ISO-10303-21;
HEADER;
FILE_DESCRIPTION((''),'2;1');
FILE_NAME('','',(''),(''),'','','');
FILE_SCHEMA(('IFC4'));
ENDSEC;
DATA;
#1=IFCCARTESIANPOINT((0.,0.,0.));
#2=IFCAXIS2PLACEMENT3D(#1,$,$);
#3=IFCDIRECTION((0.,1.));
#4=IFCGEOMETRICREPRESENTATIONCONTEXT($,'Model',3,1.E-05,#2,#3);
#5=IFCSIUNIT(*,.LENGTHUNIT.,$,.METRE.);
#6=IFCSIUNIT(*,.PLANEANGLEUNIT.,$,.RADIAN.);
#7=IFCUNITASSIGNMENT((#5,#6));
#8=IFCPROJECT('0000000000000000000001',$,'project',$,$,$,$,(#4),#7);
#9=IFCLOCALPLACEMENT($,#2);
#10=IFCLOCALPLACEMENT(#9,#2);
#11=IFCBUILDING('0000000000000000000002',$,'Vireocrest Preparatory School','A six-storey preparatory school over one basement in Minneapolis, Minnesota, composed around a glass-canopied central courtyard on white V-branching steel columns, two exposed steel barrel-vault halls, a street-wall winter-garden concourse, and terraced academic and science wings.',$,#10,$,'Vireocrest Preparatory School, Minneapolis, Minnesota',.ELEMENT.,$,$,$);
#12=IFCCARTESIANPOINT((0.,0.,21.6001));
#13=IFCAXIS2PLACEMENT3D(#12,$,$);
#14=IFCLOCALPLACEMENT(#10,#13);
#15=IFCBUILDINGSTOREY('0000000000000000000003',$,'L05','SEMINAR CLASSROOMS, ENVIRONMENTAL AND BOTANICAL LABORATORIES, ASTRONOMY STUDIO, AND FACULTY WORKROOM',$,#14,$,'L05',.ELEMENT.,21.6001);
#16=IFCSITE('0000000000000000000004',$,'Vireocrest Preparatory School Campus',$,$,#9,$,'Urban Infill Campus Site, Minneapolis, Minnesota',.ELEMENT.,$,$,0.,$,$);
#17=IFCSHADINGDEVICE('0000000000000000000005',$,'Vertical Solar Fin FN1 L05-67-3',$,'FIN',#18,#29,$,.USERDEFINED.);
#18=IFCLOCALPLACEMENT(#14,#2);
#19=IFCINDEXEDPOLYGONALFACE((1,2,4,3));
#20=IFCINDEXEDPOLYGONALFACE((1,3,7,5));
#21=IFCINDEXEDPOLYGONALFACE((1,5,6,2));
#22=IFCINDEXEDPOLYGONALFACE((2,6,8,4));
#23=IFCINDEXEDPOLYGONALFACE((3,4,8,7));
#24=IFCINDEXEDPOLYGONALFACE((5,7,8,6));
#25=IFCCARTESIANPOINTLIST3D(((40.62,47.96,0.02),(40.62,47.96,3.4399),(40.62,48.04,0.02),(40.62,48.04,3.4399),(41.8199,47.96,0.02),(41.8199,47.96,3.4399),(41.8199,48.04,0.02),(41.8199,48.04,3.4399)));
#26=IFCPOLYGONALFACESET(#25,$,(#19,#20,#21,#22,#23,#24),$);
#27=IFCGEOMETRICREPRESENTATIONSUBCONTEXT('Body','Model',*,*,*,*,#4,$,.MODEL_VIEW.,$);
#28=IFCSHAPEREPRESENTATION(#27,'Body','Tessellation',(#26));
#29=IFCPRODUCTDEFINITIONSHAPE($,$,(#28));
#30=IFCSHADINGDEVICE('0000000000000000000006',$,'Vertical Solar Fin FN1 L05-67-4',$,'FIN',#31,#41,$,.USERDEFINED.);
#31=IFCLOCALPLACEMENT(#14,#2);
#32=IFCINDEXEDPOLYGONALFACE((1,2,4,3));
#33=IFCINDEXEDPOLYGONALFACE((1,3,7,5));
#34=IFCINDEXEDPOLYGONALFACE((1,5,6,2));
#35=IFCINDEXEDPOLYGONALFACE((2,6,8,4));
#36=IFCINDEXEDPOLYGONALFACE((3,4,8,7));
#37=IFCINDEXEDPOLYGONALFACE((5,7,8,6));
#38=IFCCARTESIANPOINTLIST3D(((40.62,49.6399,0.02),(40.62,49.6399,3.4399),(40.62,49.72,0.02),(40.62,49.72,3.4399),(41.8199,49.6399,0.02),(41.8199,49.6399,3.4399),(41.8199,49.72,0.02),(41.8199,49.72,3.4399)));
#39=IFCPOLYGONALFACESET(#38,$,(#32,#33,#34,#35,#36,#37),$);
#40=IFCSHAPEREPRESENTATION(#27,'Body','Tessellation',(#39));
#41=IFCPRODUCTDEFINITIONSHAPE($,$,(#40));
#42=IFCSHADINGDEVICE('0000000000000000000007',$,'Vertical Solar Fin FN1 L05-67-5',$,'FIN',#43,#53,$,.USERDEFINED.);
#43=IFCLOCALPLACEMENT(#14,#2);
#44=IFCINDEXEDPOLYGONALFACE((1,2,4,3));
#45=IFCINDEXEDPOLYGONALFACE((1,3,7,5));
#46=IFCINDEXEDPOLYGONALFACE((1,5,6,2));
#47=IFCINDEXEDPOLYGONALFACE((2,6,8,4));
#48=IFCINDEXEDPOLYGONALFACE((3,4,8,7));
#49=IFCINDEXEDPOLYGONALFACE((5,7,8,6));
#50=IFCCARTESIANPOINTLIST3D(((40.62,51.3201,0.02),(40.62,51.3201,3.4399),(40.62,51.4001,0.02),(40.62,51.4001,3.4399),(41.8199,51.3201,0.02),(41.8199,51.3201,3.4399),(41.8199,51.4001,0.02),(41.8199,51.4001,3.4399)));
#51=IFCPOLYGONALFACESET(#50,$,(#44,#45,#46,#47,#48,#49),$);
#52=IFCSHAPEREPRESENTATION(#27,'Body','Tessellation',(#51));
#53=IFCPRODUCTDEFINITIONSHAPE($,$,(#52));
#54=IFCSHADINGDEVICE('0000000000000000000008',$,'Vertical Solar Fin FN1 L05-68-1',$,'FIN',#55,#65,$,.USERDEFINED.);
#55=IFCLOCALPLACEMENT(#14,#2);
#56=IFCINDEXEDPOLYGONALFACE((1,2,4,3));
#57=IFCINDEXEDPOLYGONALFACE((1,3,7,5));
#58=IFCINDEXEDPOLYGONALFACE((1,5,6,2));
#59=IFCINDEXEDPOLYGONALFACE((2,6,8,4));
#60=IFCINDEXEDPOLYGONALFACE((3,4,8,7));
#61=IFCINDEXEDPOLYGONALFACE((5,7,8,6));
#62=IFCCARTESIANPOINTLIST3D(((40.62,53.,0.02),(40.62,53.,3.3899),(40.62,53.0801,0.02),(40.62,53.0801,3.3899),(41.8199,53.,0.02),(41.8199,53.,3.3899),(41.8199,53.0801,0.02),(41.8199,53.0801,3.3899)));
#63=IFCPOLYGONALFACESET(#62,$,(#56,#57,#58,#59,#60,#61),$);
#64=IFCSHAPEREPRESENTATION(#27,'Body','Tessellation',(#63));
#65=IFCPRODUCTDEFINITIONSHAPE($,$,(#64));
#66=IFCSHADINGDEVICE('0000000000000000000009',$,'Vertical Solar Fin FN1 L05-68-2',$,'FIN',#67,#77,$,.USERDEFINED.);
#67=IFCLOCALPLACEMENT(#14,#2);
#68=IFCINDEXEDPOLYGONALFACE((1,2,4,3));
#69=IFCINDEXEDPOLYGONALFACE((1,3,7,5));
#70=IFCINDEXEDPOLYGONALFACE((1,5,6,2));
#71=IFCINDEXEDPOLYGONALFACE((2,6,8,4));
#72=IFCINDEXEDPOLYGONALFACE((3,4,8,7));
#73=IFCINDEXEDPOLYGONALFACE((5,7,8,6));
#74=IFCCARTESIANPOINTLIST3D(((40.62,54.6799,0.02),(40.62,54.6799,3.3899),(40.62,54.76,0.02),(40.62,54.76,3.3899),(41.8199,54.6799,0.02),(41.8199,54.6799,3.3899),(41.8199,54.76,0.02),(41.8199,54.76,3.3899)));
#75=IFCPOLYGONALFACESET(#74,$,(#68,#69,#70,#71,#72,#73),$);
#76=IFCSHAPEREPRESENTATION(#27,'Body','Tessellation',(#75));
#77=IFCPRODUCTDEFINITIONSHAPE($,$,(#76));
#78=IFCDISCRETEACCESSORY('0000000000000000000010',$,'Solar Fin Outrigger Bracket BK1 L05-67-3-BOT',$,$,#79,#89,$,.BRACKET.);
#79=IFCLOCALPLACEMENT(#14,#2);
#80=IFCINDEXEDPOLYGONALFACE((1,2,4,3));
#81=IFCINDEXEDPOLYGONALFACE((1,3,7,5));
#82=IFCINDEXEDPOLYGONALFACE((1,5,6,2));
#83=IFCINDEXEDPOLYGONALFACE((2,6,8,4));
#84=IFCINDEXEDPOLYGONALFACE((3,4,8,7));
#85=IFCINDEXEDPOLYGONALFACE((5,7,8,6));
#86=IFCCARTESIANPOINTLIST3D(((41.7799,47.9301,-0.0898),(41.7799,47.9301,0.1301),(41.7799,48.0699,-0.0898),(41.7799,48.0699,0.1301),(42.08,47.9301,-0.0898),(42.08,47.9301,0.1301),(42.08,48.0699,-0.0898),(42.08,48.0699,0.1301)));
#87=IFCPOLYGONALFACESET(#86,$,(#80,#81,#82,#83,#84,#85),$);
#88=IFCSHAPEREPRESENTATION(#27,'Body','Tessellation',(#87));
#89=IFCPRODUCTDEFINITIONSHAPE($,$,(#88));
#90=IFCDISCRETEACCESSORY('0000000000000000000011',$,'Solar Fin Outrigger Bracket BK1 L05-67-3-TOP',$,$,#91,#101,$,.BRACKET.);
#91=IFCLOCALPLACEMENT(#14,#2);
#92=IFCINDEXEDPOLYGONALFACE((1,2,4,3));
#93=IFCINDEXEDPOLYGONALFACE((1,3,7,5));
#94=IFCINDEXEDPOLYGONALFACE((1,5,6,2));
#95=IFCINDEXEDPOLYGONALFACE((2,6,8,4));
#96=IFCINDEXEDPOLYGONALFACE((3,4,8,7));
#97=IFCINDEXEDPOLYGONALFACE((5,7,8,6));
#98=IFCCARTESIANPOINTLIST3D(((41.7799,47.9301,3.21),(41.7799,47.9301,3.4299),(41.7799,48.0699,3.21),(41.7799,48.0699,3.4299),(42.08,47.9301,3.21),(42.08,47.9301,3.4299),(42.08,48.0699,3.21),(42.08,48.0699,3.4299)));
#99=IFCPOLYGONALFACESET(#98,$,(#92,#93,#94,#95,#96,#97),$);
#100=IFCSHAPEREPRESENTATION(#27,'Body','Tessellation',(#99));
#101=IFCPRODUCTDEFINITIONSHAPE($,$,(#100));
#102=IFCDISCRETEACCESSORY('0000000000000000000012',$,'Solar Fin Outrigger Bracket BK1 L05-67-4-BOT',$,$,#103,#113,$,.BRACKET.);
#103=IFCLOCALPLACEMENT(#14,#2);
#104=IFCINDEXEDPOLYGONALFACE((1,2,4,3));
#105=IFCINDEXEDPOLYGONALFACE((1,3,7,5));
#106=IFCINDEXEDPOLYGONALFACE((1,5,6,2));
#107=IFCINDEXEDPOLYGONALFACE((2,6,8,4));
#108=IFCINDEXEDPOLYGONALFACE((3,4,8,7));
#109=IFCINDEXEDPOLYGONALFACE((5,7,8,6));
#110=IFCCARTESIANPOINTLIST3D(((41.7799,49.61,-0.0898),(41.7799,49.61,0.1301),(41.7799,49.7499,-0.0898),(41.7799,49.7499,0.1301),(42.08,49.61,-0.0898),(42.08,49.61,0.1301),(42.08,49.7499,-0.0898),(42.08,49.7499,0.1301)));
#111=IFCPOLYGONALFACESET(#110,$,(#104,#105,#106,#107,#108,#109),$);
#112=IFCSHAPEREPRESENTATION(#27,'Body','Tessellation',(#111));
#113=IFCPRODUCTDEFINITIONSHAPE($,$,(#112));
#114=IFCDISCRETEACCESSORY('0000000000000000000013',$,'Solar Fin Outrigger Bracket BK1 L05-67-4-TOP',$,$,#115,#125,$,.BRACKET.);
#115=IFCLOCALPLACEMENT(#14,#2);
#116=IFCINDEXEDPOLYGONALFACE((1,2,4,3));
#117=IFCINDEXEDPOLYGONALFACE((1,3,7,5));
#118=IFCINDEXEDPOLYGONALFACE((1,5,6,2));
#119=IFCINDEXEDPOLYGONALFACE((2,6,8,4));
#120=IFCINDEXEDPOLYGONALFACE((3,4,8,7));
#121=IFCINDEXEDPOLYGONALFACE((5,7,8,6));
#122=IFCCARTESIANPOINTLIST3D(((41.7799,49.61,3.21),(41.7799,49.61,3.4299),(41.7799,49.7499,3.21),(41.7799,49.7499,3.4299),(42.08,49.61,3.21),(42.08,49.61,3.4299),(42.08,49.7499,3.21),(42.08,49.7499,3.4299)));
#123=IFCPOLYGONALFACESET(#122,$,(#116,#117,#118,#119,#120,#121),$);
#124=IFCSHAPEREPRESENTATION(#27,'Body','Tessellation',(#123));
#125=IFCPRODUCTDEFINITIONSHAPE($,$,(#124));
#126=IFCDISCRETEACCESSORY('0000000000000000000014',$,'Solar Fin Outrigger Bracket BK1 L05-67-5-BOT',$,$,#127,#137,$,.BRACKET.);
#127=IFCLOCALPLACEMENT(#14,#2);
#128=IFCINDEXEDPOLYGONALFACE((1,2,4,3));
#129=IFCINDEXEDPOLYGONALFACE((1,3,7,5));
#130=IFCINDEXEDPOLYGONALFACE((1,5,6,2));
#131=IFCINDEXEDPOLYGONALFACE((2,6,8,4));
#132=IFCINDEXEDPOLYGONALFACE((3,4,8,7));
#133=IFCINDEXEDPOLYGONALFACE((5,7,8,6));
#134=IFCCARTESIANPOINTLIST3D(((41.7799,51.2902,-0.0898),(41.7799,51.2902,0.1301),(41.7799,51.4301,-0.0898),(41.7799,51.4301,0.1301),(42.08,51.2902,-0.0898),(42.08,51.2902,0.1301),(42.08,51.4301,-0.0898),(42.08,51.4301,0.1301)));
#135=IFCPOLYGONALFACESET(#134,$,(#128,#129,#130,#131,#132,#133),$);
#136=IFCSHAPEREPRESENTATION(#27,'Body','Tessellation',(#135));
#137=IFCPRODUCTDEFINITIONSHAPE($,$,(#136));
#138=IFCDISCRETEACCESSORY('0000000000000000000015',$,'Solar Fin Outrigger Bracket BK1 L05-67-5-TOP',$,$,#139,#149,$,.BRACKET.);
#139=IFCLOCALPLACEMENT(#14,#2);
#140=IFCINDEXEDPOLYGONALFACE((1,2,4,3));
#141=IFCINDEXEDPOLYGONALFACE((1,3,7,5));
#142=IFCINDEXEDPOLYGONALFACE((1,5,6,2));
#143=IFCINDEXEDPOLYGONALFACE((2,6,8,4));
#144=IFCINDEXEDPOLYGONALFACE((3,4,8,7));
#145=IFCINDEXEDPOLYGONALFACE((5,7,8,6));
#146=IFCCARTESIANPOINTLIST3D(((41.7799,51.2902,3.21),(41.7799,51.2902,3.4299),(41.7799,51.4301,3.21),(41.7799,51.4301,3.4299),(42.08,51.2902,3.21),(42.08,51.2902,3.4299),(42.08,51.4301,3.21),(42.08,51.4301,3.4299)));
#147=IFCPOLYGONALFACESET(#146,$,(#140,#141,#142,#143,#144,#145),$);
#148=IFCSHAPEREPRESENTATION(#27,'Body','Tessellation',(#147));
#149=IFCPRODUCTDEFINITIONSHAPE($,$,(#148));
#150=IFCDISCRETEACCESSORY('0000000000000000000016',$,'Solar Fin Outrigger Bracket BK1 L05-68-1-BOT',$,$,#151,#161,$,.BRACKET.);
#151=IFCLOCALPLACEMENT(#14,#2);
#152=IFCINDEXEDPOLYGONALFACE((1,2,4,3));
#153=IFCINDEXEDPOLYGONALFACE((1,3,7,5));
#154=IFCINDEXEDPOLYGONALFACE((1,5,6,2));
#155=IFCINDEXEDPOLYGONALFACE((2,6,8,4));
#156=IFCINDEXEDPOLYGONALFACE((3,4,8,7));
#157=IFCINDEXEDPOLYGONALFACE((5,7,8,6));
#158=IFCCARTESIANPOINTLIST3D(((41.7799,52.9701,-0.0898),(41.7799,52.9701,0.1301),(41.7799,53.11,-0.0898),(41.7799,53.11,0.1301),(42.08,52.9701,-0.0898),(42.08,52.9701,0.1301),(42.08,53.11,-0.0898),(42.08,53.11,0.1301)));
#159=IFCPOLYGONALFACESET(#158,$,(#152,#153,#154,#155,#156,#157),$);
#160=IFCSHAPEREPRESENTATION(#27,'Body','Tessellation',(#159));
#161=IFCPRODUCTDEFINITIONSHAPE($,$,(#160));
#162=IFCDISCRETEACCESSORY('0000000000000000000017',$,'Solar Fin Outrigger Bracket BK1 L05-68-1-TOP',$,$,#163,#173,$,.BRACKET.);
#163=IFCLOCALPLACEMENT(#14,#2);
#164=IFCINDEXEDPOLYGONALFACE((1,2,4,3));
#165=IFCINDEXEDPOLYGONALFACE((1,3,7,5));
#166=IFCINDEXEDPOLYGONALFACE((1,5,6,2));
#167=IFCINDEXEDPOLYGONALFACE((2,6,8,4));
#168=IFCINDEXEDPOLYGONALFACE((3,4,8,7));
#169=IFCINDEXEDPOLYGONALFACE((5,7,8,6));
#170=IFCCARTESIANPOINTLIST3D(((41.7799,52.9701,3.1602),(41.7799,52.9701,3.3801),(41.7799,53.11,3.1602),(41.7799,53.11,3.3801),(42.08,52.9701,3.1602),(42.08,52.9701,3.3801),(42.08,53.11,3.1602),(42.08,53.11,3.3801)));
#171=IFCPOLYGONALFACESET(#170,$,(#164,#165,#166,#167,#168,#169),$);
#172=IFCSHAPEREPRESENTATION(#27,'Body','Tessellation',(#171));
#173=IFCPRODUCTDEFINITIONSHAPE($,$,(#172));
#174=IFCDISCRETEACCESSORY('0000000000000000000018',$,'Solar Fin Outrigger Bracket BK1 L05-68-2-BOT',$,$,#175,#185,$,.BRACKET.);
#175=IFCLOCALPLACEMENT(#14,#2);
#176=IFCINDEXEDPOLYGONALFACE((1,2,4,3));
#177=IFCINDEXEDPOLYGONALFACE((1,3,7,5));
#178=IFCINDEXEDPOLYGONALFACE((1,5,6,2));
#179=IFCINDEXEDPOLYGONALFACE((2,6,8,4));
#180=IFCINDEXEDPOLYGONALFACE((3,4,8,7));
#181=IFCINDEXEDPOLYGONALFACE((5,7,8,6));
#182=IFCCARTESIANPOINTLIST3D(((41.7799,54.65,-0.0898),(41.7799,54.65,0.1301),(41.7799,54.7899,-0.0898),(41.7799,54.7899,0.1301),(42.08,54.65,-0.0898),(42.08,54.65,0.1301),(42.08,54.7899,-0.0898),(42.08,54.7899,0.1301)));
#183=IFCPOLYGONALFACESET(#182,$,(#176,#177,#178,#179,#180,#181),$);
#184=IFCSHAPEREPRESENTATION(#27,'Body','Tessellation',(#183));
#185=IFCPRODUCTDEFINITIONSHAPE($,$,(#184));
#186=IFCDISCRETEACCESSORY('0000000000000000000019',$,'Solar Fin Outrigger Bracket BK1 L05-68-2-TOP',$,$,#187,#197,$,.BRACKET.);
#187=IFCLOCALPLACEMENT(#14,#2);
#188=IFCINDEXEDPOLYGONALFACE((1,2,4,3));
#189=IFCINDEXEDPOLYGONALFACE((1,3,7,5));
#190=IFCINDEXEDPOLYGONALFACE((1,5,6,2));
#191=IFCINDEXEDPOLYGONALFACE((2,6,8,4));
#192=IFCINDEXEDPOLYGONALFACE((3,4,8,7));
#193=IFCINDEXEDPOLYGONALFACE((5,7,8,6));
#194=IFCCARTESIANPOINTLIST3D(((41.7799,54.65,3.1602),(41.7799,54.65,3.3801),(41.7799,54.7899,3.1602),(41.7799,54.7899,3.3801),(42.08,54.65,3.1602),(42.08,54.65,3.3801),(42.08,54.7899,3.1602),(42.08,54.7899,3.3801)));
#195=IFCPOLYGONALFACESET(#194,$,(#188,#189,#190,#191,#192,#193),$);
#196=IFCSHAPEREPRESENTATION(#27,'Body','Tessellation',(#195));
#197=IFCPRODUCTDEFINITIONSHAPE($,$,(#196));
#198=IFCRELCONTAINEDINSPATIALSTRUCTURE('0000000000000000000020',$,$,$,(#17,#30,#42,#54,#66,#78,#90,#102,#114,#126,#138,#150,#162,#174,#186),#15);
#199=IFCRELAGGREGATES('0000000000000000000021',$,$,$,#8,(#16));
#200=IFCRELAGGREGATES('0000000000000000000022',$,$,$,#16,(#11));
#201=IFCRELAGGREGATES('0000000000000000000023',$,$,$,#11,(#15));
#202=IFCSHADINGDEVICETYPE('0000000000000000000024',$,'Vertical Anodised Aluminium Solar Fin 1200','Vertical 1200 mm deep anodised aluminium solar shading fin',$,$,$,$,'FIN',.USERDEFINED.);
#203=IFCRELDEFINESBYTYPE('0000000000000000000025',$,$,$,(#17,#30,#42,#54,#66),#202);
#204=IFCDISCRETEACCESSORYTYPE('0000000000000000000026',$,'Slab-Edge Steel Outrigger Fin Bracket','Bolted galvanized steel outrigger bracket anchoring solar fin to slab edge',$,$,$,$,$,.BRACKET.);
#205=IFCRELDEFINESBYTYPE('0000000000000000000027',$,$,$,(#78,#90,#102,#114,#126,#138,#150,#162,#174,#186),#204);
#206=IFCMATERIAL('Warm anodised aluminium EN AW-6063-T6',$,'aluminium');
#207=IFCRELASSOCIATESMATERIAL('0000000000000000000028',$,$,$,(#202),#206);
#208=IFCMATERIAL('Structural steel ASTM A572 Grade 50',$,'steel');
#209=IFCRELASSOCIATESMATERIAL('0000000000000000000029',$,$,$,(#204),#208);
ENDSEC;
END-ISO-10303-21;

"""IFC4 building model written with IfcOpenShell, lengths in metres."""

from ifc_helpers import new_model, si_unit, direction, frame, origin, origin_2d, place, context, subcontext, project, spatial, rectangle, extrude, material, material_profile, profile_set, type_object, element, save


model = new_model("IFC4")

# Units and contexts
model_context = context("Model", 3, precision=1e-05, world=origin(), true_north=direction((0.0, 1.0)))
body_context = subcontext(model_context, "Body", "Model", "MODEL_VIEW")
ifc_project = project(units=[si_unit("LENGTHUNIT", "METRE"), si_unit("PLANEANGLEUNIT", "RADIAN")], contexts=[model_context])

# Site, building, storey
site_placement = place(None, origin())
site = spatial("IfcSite", under=ifc_project, at=site_placement, Name="Vireocrest Preparatory School Campus", LongName="Urban Infill Campus Site, Minneapolis, Minnesota", CompositionType="ELEMENT", RefElevation=0.0)
building_placement = place(site_placement, origin())
building = spatial("IfcBuilding", under=site, at=building_placement, Name="Vireocrest Preparatory School", Description="A six-storey preparatory school over one basement in Minneapolis, Minnesota, composed around a glass-canopied central courtyard on white V-branching steel columns, two exposed steel barrel-vault halls, a street-wall winter-garden concourse, and terraced academic and science wings.", LongName="Vireocrest Preparatory School, Minneapolis, Minnesota", CompositionType="ELEMENT")
storey_placement = place(building_placement, frame((0.0, 0.0, 21.6001)))
storey = spatial("IfcBuildingStorey", under=building, at=storey_placement, Name="L05", Description="SEMINAR CLASSROOMS, ENVIRONMENTAL AND BOTANICAL LABORATORIES, ASTRONOMY STUDIO, AND FACULTY WORKROOM", LongName="L05", CompositionType="ELEMENT", Elevation=21.6001)

# Shading devices
ifc_material_1 = material(Name="Warm anodised aluminium EN AW-6063-T6", Category="aluminium")
ifc_material_profile_1 = material_profile(ifc_material_1, rectangle(XDim=0.0801, YDim=1.2, at=origin_2d()), Name="FIN 80x1200")
ifc_profile_set_1 = profile_set([ifc_material_profile_1], Name="Warm anodised aluminium EN AW-6063-T6")
shading_device_type = type_object("IfcShadingDeviceType", Name="Vertical Anodised Aluminium Solar Fin 1200", Description="Vertical 1200 mm deep anodised aluminium solar shading fin", ElementType="FIN", PredefinedType="USERDEFINED", material=ifc_profile_set_1)
for number, where, z_axis, x_axis, name in (
    (1, (41.22, 48.0, 0.02), (0.0, 0.0, 1.0), (0.0, 1.0, 0.0), "Vertical Solar Fin FN1 L05-67-3"),
    (2, (41.22, 49.6799, 0.02), (0.0, 0.0, 1.0), (0.0, 1.0, 0.0), "Vertical Solar Fin FN1 L05-67-4"),
    (3, (41.22, 51.3601, 0.02), (0.0, 0.0, 1.0), (0.0, 1.0, 0.0), "Vertical Solar Fin FN1 L05-67-5"),
):
    element("IfcShadingDevice", number, at=place(storey_placement, frame(where, z_axis=z_axis, x_axis=x_axis)), inside=storey, type_object=shading_device_type, Name=name, ObjectType="FIN", PredefinedType="USERDEFINED", context=body_context, shape_type="SweptSolid", body=[
        extrude(rectangle(XDim=0.0801, YDim=1.2, at=origin_2d()), origin(), (0.0, 0.0, 1.0), 3.4199),
    ])
for number, where, z_axis, x_axis, name in (
    (4, (41.22, 53.04, 0.02), (0.0, 0.0, 1.0), (0.0, 1.0, 0.0), "Vertical Solar Fin FN1 L05-68-1"),
    (5, (41.22, 54.72, 0.02), (0.0, 0.0, 1.0), (0.0, 1.0, 0.0), "Vertical Solar Fin FN1 L05-68-2"),
):
    element("IfcShadingDevice", number, at=place(storey_placement, frame(where, z_axis=z_axis, x_axis=x_axis)), inside=storey, type_object=shading_device_type, Name=name, ObjectType="FIN", PredefinedType="USERDEFINED", context=body_context, shape_type="SweptSolid", body=[
        extrude(rectangle(XDim=0.0801, YDim=1.2, at=origin_2d()), origin(), (0.0, 0.0, 1.0), 3.3699),
    ])

# Discrete accessories
ifc_material_2 = material(Name="Structural steel ASTM A572 Grade 50", Category="steel")
discrete_accessory_type = type_object("IfcDiscreteAccessoryType", Name="Slab-Edge Steel Outrigger Fin Bracket", Description="Bolted galvanized steel outrigger bracket anchoring solar fin to slab edge", PredefinedType="BRACKET", material=ifc_material_2)
for number, where, z_axis, x_axis, name in (
    (6, (41.9299, 48.0, -0.0898), (0.0, 0.0, 1.0), (0.0, 1.0, 0.0), "Solar Fin Outrigger Bracket BK1 L05-67-3-BOT"),
    (7, (41.9299, 48.0, 3.21), (0.0, 0.0, 1.0), (0.0, 1.0, 0.0), "Solar Fin Outrigger Bracket BK1 L05-67-3-TOP"),
    (8, (41.9299, 49.6799, -0.0898), (0.0, 0.0, 1.0), (0.0, 1.0, 0.0), "Solar Fin Outrigger Bracket BK1 L05-67-4-BOT"),
    (9, (41.9299, 49.6799, 3.21), (0.0, 0.0, 1.0), (0.0, 1.0, 0.0), "Solar Fin Outrigger Bracket BK1 L05-67-4-TOP"),
    (10, (41.9299, 51.3601, -0.0898), (0.0, 0.0, 1.0), (0.0, 1.0, 0.0), "Solar Fin Outrigger Bracket BK1 L05-67-5-BOT"),
    (11, (41.9299, 51.3601, 3.21), (0.0, 0.0, 1.0), (0.0, 1.0, 0.0), "Solar Fin Outrigger Bracket BK1 L05-67-5-TOP"),
    (12, (41.9299, 53.04, -0.0898), (0.0, 0.0, 1.0), (0.0, 1.0, 0.0), "Solar Fin Outrigger Bracket BK1 L05-68-1-BOT"),
    (13, (41.9299, 53.04, 3.1602), (0.0, 0.0, 1.0), (0.0, 1.0, 0.0), "Solar Fin Outrigger Bracket BK1 L05-68-1-TOP"),
    (14, (41.9299, 54.72, -0.0898), (0.0, 0.0, 1.0), (0.0, 1.0, 0.0), "Solar Fin Outrigger Bracket BK1 L05-68-2-BOT"),
    (15, (41.9299, 54.72, 3.1602), (0.0, 0.0, 1.0), (0.0, 1.0, 0.0), "Solar Fin Outrigger Bracket BK1 L05-68-2-TOP"),
):
    element("IfcDiscreteAccessory", number, at=place(storey_placement, frame(where, z_axis=z_axis, x_axis=x_axis)), inside=storey, type_object=discrete_accessory_type, Name=name, PredefinedType="BRACKET", context=body_context, shape_type="SweptSolid", body=[
        extrude(rectangle(XDim=0.1399, YDim=0.3, at=origin_2d()), origin(), (0.0, 0.0, 1.0), 0.22),
    ])

save(model, "model.ifc")
